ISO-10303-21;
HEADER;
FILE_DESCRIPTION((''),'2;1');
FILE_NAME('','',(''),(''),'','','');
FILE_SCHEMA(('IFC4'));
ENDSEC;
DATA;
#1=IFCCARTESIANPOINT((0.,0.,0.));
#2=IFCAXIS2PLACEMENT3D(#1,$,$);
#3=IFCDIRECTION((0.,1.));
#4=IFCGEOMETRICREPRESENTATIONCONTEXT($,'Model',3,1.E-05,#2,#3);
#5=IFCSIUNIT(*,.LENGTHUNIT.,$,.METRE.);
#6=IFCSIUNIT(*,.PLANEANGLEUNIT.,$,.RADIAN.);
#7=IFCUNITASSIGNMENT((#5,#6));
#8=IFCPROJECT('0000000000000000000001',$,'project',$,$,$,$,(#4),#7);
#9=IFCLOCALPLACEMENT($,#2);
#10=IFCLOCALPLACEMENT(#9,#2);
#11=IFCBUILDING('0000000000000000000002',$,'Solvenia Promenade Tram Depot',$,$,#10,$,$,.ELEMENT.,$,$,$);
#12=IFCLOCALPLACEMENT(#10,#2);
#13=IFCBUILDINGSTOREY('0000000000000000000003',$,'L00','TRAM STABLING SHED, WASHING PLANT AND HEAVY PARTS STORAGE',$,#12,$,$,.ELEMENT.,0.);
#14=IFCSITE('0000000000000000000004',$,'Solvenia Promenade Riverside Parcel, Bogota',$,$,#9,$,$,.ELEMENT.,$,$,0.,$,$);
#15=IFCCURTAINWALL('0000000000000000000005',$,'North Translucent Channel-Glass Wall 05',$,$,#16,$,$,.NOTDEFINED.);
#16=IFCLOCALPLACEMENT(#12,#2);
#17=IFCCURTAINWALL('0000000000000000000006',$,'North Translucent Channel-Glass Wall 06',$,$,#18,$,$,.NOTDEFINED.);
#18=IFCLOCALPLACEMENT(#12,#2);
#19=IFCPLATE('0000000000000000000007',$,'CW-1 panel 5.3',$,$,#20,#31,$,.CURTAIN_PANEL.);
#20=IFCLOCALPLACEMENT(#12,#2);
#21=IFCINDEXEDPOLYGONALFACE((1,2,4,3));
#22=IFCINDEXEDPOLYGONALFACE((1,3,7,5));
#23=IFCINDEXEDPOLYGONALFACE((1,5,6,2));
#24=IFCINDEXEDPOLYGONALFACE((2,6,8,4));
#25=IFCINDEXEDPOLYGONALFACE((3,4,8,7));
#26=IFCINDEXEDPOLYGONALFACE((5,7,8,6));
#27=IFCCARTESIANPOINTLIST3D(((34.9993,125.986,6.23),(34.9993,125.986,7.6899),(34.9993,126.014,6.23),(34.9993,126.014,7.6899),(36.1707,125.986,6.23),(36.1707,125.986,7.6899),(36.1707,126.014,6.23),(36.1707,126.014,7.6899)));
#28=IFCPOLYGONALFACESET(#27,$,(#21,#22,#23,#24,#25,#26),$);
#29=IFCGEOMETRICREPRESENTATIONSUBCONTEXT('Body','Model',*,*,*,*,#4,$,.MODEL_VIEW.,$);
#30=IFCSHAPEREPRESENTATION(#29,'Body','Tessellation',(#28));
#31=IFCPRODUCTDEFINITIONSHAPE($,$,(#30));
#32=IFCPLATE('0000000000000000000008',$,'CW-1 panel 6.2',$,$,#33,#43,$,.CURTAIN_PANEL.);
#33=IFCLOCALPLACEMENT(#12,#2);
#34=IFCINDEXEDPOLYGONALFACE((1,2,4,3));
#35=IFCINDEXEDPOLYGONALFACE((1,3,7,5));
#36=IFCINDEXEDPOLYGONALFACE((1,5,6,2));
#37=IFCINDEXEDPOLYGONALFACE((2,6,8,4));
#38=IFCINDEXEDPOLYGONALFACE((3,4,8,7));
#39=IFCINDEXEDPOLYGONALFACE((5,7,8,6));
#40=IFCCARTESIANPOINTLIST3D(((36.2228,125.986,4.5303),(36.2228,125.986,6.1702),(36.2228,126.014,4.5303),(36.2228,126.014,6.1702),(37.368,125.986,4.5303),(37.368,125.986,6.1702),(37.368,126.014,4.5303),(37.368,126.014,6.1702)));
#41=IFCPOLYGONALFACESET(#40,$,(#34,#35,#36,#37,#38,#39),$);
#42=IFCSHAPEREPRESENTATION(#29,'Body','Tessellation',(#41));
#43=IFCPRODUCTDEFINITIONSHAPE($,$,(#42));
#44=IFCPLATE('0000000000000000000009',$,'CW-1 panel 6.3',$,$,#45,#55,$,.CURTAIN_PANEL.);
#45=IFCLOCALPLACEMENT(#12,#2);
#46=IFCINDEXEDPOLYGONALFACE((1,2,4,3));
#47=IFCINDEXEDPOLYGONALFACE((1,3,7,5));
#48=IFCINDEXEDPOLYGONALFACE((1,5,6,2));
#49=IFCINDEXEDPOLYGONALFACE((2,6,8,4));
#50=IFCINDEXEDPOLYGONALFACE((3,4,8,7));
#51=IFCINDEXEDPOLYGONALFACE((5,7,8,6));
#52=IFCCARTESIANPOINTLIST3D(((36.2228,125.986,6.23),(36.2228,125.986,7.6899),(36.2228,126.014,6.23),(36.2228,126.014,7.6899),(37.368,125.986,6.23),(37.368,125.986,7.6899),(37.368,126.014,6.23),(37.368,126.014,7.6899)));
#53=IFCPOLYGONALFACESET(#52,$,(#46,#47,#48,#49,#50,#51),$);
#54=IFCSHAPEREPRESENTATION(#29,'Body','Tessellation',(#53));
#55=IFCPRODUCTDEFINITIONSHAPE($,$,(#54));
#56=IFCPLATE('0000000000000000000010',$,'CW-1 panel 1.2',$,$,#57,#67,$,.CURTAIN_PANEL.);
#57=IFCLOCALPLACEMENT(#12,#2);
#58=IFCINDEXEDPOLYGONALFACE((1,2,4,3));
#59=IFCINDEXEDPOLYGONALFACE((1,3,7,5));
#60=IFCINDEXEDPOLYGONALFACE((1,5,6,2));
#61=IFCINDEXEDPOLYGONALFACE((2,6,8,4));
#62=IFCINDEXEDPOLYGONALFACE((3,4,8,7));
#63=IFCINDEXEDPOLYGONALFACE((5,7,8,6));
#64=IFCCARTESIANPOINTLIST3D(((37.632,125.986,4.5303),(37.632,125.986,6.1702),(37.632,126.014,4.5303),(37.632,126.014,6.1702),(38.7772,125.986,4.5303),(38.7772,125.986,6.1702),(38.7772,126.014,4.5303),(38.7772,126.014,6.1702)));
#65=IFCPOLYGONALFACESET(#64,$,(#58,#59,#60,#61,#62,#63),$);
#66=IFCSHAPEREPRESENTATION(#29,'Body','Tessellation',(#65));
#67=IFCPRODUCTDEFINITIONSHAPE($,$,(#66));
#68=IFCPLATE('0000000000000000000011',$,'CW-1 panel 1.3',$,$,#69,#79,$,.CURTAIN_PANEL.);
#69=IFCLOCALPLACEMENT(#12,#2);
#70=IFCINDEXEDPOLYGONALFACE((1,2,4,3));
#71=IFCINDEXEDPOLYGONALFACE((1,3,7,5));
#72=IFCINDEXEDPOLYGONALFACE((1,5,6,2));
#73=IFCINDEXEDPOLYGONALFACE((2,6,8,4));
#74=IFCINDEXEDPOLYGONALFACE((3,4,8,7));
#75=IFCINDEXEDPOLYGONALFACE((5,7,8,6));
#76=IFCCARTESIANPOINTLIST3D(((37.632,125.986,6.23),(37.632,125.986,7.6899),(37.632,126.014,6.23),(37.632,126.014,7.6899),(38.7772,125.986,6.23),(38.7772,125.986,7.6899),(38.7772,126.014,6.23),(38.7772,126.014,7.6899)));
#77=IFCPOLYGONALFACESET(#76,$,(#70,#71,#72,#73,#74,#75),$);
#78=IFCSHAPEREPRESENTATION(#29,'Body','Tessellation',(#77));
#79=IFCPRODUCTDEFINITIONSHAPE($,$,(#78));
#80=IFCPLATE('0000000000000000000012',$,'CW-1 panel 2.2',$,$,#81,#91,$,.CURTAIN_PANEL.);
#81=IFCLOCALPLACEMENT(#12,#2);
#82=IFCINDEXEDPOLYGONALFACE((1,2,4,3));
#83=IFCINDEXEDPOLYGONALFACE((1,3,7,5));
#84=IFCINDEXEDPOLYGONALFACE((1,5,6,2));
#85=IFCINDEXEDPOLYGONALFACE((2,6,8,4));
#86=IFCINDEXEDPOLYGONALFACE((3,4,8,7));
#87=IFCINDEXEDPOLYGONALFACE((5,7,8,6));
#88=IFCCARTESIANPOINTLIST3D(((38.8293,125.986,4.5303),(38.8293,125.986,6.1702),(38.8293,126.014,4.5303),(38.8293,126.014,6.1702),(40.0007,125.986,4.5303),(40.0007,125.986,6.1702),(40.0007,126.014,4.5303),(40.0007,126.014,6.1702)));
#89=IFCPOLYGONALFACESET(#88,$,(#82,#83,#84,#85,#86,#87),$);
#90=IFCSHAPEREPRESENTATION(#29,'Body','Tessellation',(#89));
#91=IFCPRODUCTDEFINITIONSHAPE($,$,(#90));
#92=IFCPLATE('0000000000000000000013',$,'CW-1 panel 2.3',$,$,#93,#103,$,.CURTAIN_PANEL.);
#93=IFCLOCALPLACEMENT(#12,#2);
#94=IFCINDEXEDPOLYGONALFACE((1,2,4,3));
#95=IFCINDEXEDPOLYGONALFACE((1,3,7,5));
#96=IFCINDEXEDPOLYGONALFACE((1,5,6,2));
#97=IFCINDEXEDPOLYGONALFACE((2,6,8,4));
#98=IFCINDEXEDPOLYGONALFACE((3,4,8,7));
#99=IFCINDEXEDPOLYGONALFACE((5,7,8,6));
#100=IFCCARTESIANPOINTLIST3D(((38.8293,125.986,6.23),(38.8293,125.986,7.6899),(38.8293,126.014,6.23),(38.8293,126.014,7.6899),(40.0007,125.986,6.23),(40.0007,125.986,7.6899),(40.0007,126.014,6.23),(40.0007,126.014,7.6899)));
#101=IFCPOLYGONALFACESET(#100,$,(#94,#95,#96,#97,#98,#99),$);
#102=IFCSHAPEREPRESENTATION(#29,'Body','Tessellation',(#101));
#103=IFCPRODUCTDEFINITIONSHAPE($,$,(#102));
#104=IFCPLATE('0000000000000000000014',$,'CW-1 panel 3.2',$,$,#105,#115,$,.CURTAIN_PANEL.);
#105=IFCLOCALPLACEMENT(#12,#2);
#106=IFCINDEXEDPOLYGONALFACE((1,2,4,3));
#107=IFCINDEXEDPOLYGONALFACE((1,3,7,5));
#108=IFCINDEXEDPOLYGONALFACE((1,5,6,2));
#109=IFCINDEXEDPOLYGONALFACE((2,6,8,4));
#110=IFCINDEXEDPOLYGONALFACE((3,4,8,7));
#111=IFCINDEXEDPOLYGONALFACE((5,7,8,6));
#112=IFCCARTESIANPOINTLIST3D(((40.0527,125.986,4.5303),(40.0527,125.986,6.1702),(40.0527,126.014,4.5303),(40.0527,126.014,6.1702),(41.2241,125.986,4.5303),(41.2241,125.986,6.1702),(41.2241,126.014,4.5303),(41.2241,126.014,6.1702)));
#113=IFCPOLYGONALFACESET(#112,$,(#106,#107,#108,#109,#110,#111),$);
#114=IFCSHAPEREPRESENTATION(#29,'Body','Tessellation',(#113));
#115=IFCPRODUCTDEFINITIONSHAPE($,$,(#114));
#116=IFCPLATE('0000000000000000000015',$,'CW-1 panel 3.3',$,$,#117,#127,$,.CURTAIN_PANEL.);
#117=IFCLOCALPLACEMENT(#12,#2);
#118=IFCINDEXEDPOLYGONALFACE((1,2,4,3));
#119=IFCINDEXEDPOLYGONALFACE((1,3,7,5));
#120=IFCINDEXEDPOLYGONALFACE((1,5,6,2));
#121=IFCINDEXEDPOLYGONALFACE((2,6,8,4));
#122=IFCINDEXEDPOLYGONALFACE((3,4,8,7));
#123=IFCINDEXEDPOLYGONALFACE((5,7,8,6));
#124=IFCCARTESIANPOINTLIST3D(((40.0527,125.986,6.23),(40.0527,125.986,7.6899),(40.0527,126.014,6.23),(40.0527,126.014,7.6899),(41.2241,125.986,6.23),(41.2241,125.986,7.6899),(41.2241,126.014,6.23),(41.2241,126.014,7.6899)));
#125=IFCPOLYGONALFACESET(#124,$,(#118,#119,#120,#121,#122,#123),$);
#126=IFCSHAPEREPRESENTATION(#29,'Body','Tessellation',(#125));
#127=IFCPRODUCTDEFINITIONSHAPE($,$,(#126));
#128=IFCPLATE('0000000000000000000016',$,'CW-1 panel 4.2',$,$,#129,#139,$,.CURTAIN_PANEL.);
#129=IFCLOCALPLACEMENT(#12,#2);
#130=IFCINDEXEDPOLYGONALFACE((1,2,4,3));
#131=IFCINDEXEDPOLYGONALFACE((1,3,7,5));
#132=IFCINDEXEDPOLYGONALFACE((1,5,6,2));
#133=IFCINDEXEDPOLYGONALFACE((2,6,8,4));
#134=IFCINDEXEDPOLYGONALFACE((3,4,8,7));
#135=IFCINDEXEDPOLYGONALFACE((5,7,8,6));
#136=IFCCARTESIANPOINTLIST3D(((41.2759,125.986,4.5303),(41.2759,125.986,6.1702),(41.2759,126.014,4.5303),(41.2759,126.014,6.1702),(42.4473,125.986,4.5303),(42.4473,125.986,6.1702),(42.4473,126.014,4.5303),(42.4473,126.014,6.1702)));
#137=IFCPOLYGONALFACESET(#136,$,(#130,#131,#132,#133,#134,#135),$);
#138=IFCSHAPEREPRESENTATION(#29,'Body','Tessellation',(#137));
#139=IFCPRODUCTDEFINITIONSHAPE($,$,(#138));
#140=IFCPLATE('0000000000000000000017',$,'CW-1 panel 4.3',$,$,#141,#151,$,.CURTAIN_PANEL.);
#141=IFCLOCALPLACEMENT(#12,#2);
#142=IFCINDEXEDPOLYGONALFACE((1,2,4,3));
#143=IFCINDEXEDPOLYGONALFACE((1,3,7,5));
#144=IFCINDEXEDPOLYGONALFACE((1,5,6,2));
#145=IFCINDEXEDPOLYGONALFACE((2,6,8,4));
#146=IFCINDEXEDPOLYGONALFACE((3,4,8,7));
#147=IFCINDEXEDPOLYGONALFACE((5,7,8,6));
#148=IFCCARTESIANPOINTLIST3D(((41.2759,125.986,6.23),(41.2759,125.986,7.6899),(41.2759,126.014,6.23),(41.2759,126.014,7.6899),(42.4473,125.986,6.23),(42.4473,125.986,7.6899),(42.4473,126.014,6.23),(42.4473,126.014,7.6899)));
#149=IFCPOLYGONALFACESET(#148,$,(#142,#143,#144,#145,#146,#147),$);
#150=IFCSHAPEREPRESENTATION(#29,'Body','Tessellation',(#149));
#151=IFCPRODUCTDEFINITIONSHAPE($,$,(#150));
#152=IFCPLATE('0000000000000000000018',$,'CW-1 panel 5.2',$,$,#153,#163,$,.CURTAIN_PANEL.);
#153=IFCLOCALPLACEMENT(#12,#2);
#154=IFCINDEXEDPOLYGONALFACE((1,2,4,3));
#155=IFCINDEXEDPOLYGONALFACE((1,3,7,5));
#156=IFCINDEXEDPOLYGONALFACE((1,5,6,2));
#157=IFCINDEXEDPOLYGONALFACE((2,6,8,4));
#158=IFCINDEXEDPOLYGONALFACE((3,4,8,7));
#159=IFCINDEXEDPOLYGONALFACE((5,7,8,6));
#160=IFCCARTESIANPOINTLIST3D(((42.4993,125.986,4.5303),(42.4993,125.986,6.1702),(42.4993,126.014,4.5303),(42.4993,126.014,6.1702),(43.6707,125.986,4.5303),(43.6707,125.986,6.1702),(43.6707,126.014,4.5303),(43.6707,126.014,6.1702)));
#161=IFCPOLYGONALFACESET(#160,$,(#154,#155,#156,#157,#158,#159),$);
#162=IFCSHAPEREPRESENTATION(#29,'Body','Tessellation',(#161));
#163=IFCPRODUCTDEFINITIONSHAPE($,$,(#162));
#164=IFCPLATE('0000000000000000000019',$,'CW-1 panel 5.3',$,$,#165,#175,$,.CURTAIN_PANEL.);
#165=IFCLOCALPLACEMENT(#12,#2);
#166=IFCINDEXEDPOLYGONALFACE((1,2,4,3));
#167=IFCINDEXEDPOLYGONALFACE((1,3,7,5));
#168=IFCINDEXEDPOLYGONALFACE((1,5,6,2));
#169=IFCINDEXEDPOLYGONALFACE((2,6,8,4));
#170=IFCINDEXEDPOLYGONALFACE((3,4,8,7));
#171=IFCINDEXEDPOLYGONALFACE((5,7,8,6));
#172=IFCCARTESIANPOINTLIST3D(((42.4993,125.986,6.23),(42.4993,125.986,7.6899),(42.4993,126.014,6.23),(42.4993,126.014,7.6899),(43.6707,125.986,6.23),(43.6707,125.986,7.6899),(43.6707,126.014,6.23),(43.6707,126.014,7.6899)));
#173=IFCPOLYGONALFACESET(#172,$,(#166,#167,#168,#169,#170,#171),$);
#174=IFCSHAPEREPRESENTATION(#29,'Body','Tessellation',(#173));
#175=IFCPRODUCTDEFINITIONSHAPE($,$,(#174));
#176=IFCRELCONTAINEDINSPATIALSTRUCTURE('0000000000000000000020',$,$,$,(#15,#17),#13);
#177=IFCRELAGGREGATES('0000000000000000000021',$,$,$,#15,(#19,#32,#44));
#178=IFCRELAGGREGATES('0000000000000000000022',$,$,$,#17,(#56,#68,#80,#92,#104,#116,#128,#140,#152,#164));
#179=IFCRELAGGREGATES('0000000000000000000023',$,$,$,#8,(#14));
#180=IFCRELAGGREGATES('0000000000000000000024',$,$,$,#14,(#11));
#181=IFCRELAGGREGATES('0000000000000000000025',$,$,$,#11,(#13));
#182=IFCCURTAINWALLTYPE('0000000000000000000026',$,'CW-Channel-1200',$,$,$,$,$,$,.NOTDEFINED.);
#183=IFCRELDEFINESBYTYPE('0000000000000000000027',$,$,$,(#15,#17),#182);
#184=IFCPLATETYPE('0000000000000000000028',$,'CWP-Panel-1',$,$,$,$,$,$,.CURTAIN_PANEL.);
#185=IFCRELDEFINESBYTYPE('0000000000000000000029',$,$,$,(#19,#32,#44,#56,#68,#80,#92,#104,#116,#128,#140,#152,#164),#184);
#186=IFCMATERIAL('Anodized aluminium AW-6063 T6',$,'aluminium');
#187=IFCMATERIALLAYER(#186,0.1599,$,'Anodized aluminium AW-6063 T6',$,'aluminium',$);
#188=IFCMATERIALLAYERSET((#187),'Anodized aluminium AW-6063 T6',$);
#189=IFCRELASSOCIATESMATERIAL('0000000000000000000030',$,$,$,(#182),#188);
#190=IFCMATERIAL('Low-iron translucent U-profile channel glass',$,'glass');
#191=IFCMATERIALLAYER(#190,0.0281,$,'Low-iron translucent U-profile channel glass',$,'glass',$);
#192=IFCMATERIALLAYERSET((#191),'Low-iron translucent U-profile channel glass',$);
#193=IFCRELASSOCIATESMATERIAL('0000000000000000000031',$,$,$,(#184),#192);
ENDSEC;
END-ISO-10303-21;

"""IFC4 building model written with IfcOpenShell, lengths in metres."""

from ifc_helpers import new_model, si_unit, direction, frame, origin, origin_2d, place, context, subcontext, project, spatial, rectangle, extrude, material, layer, layer_set, type_object, element, aggregate, save


model = new_model("IFC4")

# Units and contexts
model_context = context("Model", 3, precision=1e-05, world=origin(), true_north=direction((0.0, 1.0)))
body_context = subcontext(model_context, "Body", "Model", "MODEL_VIEW")
ifc_project = project(units=[si_unit("LENGTHUNIT", "METRE"), si_unit("PLANEANGLEUNIT", "RADIAN")], contexts=[model_context])

# Site, building, storey
site_placement = place(None, origin())
site = spatial("IfcSite", under=ifc_project, at=site_placement, Name="Solvenia Promenade Riverside Parcel, Bogota", CompositionType="ELEMENT", RefElevation=0.0)
building_placement = place(site_placement, origin())
building = spatial("IfcBuilding", under=site, at=building_placement, Name="Solvenia Promenade Tram Depot", CompositionType="ELEMENT")
storey_placement = place(building_placement, origin())
storey = spatial("IfcBuildingStorey", under=building, at=storey_placement, Name="L00", Description="TRAM STABLING SHED, WASHING PLANT AND HEAVY PARTS STORAGE", CompositionType="ELEMENT", Elevation=0.0)

# Curtain walls
ifc_material_1 = material(Name="Anodized aluminium AW-6063 T6", Category="aluminium")
ifc_layer_1 = layer(ifc_material_1, 0.1599, Name="Anodized aluminium AW-6063 T6", Category="aluminium")
ifc_layer_set_1 = layer_set([ifc_layer_1], Name="Anodized aluminium AW-6063 T6")
curtain_wall_type = type_object("IfcCurtainWallType", Name="CW-Channel-1200", PredefinedType="NOTDEFINED", material=ifc_layer_set_1)
curtain_wall_1_placement = place(storey_placement, origin())
curtain_wall_1 = element("IfcCurtainWall", 1, at=curtain_wall_1_placement, inside=storey, type_object=curtain_wall_type, Name="North Translucent Channel-Glass Wall 05", PredefinedType="NOTDEFINED")
curtain_wall_2_placement = place(storey_placement, origin())
curtain_wall_2 = element("IfcCurtainWall", 2, at=curtain_wall_2_placement, inside=storey, type_object=curtain_wall_type, Name="North Translucent Channel-Glass Wall 06", PredefinedType="NOTDEFINED")

# Plates
ifc_material_2 = material(Name="Low-iron translucent U-profile channel glass", Category="glass")
ifc_layer_2 = layer(ifc_material_2, 0.0281, Name="Low-iron translucent U-profile channel glass", Category="glass")
ifc_layer_set_2 = layer_set([ifc_layer_2], Name="Low-iron translucent U-profile channel glass")
plate_type = type_object("IfcPlateType", Name="CWP-Panel-1", PredefinedType="CURTAIN_PANEL", material=ifc_layer_set_2)
plate_1_placement = place(storey_placement, frame((35.585, 126.0, 6.23), z_axis=(0.0, 0.0, 1.0), x_axis=(1.0, 0.0, 0.0)))
plate_1 = element("IfcPlate", 3, at=plate_1_placement, type_object=plate_type, Name="CW-1 panel 5.3", PredefinedType="CURTAIN_PANEL", context=body_context, shape_type="SweptSolid", body=[
    extrude(rectangle(XDim=1.1714, YDim=0.0281, at=origin_2d()), origin(), (0.0, 0.0, 1.0), 1.46),
])
plate_2_placement = place(storey_placement, frame((36.7954, 126.0, 4.5303), z_axis=(0.0, 0.0, 1.0), x_axis=(1.0, 0.0, 0.0)))
plate_2 = element("IfcPlate", 4, at=plate_2_placement, type_object=plate_type, Name="CW-1 panel 6.2", PredefinedType="CURTAIN_PANEL", context=body_context, shape_type="SweptSolid", body=[
    extrude(rectangle(XDim=1.1453, YDim=0.0281, at=origin_2d()), origin(), (0.0, 0.0, 1.0), 1.6399),
])
plate_3_placement = place(storey_placement, frame((36.7954, 126.0, 6.23), z_axis=(0.0, 0.0, 1.0), x_axis=(1.0, 0.0, 0.0)))
plate_3 = element("IfcPlate", 5, at=plate_3_placement, type_object=plate_type, Name="CW-1 panel 6.3", PredefinedType="CURTAIN_PANEL", context=body_context, shape_type="SweptSolid", body=[
    extrude(rectangle(XDim=1.1453, YDim=0.0281, at=origin_2d()), origin(), (0.0, 0.0, 1.0), 1.46),
])
aggregate(curtain_wall_1, [plate_1, plate_2, plate_3])
plate_4_placement = place(storey_placement, frame((38.2046, 126.0, 4.5303), z_axis=(0.0, 0.0, 1.0), x_axis=(1.0, 0.0, 0.0)))
plate_4 = element("IfcPlate", 6, at=plate_4_placement, type_object=plate_type, Name="CW-1 panel 1.2", PredefinedType="CURTAIN_PANEL", context=body_context, shape_type="SweptSolid", body=[
    extrude(rectangle(XDim=1.1453, YDim=0.0281, at=origin_2d()), origin(), (0.0, 0.0, 1.0), 1.6399),
])
plate_5_placement = place(storey_placement, frame((38.2046, 126.0, 6.23), z_axis=(0.0, 0.0, 1.0), x_axis=(1.0, 0.0, 0.0)))
plate_5 = element("IfcPlate", 7, at=plate_5_placement, type_object=plate_type, Name="CW-1 panel 1.3", PredefinedType="CURTAIN_PANEL", context=body_context, shape_type="SweptSolid", body=[
    extrude(rectangle(XDim=1.1453, YDim=0.0281, at=origin_2d()), origin(), (0.0, 0.0, 1.0), 1.46),
])
plate_6_placement = place(storey_placement, frame((39.415, 126.0, 4.5303), z_axis=(0.0, 0.0, 1.0), x_axis=(1.0, 0.0, 0.0)))
plate_6 = element("IfcPlate", 8, at=plate_6_placement, type_object=plate_type, Name="CW-1 panel 2.2", PredefinedType="CURTAIN_PANEL", context=body_context, shape_type="SweptSolid", body=[
    extrude(rectangle(XDim=1.1714, YDim=0.0281, at=origin_2d()), origin(), (0.0, 0.0, 1.0), 1.6399),
])
plate_7_placement = place(storey_placement, frame((39.415, 126.0, 6.23), z_axis=(0.0, 0.0, 1.0), x_axis=(1.0, 0.0, 0.0)))
plate_7 = element("IfcPlate", 9, at=plate_7_placement, type_object=plate_type, Name="CW-1 panel 2.3", PredefinedType="CURTAIN_PANEL", context=body_context, shape_type="SweptSolid", body=[
    extrude(rectangle(XDim=1.1714, YDim=0.0281, at=origin_2d()), origin(), (0.0, 0.0, 1.0), 1.46),
])
plate_8_placement = place(storey_placement, frame((40.6384, 126.0, 4.5303), z_axis=(0.0, 0.0, 1.0), x_axis=(1.0, 0.0, 0.0)))
plate_8 = element("IfcPlate", 10, at=plate_8_placement, type_object=plate_type, Name="CW-1 panel 3.2", PredefinedType="CURTAIN_PANEL", context=body_context, shape_type="SweptSolid", body=[
    extrude(rectangle(XDim=1.1714, YDim=0.0281, at=origin_2d()), origin(), (0.0, 0.0, 1.0), 1.6399),
])
plate_9_placement = place(storey_placement, frame((40.6384, 126.0, 6.23), z_axis=(0.0, 0.0, 1.0), x_axis=(1.0, 0.0, 0.0)))
plate_9 = element("IfcPlate", 11, at=plate_9_placement, type_object=plate_type, Name="CW-1 panel 3.3", PredefinedType="CURTAIN_PANEL", context=body_context, shape_type="SweptSolid", body=[
    extrude(rectangle(XDim=1.1714, YDim=0.0281, at=origin_2d()), origin(), (0.0, 0.0, 1.0), 1.46),
])
plate_10_placement = place(storey_placement, frame((41.8616, 126.0, 4.5303), z_axis=(0.0, 0.0, 1.0), x_axis=(1.0, 0.0, 0.0)))
plate_10 = element("IfcPlate", 12, at=plate_10_placement, type_object=plate_type, Name="CW-1 panel 4.2", PredefinedType="CURTAIN_PANEL", context=body_context, shape_type="SweptSolid", body=[
    extrude(rectangle(XDim=1.1714, YDim=0.0281, at=origin_2d()), origin(), (0.0, 0.0, 1.0), 1.6399),
])
plate_11_placement = place(storey_placement, frame((41.8616, 126.0, 6.23), z_axis=(0.0, 0.0, 1.0), x_axis=(1.0, 0.0, 0.0)))
plate_11 = element("IfcPlate", 13, at=plate_11_placement, type_object=plate_type, Name="CW-1 panel 4.3", PredefinedType="CURTAIN_PANEL", context=body_context, shape_type="SweptSolid", body=[
    extrude(rectangle(XDim=1.1714, YDim=0.0281, at=origin_2d()), origin(), (0.0, 0.0, 1.0), 1.46),
])
plate_12_placement = place(storey_placement, frame((43.085, 126.0, 4.5303), z_axis=(0.0, 0.0, 1.0), x_axis=(1.0, 0.0, 0.0)))
plate_12 = element("IfcPlate", 14, at=plate_12_placement, type_object=plate_type, Name="CW-1 panel 5.2", PredefinedType="CURTAIN_PANEL", context=body_context, shape_type="SweptSolid", body=[
    extrude(rectangle(XDim=1.1714, YDim=0.0281, at=origin_2d()), origin(), (0.0, 0.0, 1.0), 1.6399),
])
plate_13_placement = place(storey_placement, frame((43.085, 126.0, 6.23), z_axis=(0.0, 0.0, 1.0), x_axis=(1.0, 0.0, 0.0)))
plate_13 = element("IfcPlate", 15, at=plate_13_placement, type_object=plate_type, Name="CW-1 panel 5.3", PredefinedType="CURTAIN_PANEL", context=body_context, shape_type="SweptSolid", body=[
    extrude(rectangle(XDim=1.1714, YDim=0.0281, at=origin_2d()), origin(), (0.0, 0.0, 1.0), 1.46),
])
aggregate(curtain_wall_2, [plate_4, plate_5, plate_6, plate_7, plate_8, plate_9, plate_10, plate_11, plate_12, plate_13])

save(model, "model.ifc")
